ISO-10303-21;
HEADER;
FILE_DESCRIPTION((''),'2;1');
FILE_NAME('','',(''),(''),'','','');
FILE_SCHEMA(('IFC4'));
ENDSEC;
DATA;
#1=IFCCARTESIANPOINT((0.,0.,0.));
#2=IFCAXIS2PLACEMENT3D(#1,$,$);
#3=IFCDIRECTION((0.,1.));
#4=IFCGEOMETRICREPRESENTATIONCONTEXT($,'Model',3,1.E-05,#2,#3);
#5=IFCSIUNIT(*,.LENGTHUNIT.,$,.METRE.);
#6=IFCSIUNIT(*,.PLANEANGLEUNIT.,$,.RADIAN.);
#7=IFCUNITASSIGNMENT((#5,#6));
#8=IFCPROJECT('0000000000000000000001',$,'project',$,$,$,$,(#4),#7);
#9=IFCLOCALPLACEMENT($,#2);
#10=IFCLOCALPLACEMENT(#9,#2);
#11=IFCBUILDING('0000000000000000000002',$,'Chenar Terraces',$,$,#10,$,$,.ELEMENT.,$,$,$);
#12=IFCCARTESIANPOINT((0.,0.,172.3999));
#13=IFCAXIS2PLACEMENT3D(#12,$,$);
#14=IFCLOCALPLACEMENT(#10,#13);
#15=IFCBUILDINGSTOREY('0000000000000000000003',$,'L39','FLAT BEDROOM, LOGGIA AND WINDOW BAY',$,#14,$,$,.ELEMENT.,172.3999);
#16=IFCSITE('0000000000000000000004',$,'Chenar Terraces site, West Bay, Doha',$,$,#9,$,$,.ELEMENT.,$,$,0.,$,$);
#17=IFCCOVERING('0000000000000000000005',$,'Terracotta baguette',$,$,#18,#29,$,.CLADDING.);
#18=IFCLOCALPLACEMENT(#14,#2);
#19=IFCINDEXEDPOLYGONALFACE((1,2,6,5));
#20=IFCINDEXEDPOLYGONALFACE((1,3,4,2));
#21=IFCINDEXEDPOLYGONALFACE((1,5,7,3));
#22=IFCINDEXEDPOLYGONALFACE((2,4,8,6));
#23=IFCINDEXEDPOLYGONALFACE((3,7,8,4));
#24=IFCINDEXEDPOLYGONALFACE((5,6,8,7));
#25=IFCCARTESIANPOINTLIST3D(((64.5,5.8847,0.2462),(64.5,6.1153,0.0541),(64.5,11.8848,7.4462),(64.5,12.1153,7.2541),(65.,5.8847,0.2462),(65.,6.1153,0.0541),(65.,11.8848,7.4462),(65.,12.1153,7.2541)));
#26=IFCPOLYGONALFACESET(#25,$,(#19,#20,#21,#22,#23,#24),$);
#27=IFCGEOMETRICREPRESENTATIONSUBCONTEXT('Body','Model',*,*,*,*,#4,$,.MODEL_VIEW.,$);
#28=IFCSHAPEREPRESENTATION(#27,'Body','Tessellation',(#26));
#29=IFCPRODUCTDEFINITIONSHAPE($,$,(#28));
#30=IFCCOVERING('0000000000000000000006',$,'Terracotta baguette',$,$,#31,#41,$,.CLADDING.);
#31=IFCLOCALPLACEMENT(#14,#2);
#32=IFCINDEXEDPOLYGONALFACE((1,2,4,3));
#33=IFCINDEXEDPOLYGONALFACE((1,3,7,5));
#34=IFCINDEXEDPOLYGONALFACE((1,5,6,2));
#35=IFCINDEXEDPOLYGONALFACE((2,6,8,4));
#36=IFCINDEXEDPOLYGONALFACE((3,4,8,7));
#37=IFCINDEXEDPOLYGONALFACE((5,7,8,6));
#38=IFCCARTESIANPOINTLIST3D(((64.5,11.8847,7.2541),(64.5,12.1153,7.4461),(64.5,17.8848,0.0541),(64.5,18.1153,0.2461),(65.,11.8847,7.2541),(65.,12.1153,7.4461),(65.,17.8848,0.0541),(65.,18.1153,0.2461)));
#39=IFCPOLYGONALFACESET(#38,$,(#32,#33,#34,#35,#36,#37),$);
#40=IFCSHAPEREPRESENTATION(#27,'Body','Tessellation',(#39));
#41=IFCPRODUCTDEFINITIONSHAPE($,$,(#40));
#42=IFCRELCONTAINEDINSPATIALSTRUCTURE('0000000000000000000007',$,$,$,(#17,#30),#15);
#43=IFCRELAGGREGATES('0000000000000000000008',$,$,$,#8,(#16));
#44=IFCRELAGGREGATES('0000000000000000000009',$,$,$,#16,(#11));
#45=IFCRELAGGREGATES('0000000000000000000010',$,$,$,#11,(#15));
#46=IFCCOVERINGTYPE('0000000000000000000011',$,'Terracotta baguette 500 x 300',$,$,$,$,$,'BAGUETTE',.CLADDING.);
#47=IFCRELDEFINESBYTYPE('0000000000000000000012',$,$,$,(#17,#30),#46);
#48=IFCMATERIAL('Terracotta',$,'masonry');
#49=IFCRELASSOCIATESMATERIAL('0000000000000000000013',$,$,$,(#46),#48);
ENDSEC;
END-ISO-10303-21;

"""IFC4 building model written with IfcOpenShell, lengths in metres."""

from ifc_helpers import new_model, si_unit, direction, frame, origin, origin_2d, place, context, subcontext, project, spatial, rectangle, extrude, material, material_profile, profile_set, type_object, element, save


model = new_model("IFC4")

# Units and contexts
model_context = context("Model", 3, precision=1e-05, world=origin(), true_north=direction((0.0, 1.0)))
body_context = subcontext(model_context, "Body", "Model", "MODEL_VIEW")
ifc_project = project(units=[si_unit("LENGTHUNIT", "METRE"), si_unit("PLANEANGLEUNIT", "RADIAN")], contexts=[model_context])

# Site, building, storey
site_placement = place(None, origin())
site = spatial("IfcSite", under=ifc_project, at=site_placement, Name="Chenar Terraces site, West Bay, Doha", CompositionType="ELEMENT", RefElevation=0.0)
building_placement = place(site_placement, origin())
building = spatial("IfcBuilding", under=site, at=building_placement, Name="Chenar Terraces", CompositionType="ELEMENT")
storey_placement = place(building_placement, frame((0.0, 0.0, 172.3999)))
storey = spatial("IfcBuildingStorey", under=building, at=storey_placement, Name="L39", Description="FLAT BEDROOM, LOGGIA AND WINDOW BAY", CompositionType="ELEMENT", Elevation=172.3999)

# Coverings
ifc_material_1 = material(Name="Terracotta", Category="masonry")
ifc_material_profile_1 = material_profile(ifc_material_1, rectangle(XDim=0.5, YDim=0.3, at=origin_2d()), Name="Terracotta baguette 500 x 300")
ifc_profile_set_1 = profile_set([ifc_material_profile_1], Name="Terracotta")
covering_type = type_object("IfcCoveringType", Name="Terracotta baguette 500 x 300", ElementType="BAGUETTE", PredefinedType="CLADDING", material=ifc_profile_set_1)
for number, where, z_axis, x_axis, name in (
    (1, (64.75, 6.0, 0.1501), (0.0, 0.640187, 0.768219), (-1.0, 0.0, 0.0), "Terracotta baguette"),
    (2, (64.75, 12.0, 7.3501), (0.0, 0.640187, -0.768219), (-1.0, 0.0, 0.0), "Terracotta baguette"),
):
    element("IfcCovering", number, at=place(storey_placement, frame(where, z_axis=z_axis, x_axis=x_axis)), inside=storey, type_object=covering_type, Name=name, PredefinedType="CLADDING", context=body_context, shape_type="SweptSolid", body=[
        extrude(rectangle(XDim=0.5, YDim=0.3, at=origin_2d()), origin(), (0.0, 0.0, 1.0), 9.3723),
    ])

save(model, "model.ifc")
